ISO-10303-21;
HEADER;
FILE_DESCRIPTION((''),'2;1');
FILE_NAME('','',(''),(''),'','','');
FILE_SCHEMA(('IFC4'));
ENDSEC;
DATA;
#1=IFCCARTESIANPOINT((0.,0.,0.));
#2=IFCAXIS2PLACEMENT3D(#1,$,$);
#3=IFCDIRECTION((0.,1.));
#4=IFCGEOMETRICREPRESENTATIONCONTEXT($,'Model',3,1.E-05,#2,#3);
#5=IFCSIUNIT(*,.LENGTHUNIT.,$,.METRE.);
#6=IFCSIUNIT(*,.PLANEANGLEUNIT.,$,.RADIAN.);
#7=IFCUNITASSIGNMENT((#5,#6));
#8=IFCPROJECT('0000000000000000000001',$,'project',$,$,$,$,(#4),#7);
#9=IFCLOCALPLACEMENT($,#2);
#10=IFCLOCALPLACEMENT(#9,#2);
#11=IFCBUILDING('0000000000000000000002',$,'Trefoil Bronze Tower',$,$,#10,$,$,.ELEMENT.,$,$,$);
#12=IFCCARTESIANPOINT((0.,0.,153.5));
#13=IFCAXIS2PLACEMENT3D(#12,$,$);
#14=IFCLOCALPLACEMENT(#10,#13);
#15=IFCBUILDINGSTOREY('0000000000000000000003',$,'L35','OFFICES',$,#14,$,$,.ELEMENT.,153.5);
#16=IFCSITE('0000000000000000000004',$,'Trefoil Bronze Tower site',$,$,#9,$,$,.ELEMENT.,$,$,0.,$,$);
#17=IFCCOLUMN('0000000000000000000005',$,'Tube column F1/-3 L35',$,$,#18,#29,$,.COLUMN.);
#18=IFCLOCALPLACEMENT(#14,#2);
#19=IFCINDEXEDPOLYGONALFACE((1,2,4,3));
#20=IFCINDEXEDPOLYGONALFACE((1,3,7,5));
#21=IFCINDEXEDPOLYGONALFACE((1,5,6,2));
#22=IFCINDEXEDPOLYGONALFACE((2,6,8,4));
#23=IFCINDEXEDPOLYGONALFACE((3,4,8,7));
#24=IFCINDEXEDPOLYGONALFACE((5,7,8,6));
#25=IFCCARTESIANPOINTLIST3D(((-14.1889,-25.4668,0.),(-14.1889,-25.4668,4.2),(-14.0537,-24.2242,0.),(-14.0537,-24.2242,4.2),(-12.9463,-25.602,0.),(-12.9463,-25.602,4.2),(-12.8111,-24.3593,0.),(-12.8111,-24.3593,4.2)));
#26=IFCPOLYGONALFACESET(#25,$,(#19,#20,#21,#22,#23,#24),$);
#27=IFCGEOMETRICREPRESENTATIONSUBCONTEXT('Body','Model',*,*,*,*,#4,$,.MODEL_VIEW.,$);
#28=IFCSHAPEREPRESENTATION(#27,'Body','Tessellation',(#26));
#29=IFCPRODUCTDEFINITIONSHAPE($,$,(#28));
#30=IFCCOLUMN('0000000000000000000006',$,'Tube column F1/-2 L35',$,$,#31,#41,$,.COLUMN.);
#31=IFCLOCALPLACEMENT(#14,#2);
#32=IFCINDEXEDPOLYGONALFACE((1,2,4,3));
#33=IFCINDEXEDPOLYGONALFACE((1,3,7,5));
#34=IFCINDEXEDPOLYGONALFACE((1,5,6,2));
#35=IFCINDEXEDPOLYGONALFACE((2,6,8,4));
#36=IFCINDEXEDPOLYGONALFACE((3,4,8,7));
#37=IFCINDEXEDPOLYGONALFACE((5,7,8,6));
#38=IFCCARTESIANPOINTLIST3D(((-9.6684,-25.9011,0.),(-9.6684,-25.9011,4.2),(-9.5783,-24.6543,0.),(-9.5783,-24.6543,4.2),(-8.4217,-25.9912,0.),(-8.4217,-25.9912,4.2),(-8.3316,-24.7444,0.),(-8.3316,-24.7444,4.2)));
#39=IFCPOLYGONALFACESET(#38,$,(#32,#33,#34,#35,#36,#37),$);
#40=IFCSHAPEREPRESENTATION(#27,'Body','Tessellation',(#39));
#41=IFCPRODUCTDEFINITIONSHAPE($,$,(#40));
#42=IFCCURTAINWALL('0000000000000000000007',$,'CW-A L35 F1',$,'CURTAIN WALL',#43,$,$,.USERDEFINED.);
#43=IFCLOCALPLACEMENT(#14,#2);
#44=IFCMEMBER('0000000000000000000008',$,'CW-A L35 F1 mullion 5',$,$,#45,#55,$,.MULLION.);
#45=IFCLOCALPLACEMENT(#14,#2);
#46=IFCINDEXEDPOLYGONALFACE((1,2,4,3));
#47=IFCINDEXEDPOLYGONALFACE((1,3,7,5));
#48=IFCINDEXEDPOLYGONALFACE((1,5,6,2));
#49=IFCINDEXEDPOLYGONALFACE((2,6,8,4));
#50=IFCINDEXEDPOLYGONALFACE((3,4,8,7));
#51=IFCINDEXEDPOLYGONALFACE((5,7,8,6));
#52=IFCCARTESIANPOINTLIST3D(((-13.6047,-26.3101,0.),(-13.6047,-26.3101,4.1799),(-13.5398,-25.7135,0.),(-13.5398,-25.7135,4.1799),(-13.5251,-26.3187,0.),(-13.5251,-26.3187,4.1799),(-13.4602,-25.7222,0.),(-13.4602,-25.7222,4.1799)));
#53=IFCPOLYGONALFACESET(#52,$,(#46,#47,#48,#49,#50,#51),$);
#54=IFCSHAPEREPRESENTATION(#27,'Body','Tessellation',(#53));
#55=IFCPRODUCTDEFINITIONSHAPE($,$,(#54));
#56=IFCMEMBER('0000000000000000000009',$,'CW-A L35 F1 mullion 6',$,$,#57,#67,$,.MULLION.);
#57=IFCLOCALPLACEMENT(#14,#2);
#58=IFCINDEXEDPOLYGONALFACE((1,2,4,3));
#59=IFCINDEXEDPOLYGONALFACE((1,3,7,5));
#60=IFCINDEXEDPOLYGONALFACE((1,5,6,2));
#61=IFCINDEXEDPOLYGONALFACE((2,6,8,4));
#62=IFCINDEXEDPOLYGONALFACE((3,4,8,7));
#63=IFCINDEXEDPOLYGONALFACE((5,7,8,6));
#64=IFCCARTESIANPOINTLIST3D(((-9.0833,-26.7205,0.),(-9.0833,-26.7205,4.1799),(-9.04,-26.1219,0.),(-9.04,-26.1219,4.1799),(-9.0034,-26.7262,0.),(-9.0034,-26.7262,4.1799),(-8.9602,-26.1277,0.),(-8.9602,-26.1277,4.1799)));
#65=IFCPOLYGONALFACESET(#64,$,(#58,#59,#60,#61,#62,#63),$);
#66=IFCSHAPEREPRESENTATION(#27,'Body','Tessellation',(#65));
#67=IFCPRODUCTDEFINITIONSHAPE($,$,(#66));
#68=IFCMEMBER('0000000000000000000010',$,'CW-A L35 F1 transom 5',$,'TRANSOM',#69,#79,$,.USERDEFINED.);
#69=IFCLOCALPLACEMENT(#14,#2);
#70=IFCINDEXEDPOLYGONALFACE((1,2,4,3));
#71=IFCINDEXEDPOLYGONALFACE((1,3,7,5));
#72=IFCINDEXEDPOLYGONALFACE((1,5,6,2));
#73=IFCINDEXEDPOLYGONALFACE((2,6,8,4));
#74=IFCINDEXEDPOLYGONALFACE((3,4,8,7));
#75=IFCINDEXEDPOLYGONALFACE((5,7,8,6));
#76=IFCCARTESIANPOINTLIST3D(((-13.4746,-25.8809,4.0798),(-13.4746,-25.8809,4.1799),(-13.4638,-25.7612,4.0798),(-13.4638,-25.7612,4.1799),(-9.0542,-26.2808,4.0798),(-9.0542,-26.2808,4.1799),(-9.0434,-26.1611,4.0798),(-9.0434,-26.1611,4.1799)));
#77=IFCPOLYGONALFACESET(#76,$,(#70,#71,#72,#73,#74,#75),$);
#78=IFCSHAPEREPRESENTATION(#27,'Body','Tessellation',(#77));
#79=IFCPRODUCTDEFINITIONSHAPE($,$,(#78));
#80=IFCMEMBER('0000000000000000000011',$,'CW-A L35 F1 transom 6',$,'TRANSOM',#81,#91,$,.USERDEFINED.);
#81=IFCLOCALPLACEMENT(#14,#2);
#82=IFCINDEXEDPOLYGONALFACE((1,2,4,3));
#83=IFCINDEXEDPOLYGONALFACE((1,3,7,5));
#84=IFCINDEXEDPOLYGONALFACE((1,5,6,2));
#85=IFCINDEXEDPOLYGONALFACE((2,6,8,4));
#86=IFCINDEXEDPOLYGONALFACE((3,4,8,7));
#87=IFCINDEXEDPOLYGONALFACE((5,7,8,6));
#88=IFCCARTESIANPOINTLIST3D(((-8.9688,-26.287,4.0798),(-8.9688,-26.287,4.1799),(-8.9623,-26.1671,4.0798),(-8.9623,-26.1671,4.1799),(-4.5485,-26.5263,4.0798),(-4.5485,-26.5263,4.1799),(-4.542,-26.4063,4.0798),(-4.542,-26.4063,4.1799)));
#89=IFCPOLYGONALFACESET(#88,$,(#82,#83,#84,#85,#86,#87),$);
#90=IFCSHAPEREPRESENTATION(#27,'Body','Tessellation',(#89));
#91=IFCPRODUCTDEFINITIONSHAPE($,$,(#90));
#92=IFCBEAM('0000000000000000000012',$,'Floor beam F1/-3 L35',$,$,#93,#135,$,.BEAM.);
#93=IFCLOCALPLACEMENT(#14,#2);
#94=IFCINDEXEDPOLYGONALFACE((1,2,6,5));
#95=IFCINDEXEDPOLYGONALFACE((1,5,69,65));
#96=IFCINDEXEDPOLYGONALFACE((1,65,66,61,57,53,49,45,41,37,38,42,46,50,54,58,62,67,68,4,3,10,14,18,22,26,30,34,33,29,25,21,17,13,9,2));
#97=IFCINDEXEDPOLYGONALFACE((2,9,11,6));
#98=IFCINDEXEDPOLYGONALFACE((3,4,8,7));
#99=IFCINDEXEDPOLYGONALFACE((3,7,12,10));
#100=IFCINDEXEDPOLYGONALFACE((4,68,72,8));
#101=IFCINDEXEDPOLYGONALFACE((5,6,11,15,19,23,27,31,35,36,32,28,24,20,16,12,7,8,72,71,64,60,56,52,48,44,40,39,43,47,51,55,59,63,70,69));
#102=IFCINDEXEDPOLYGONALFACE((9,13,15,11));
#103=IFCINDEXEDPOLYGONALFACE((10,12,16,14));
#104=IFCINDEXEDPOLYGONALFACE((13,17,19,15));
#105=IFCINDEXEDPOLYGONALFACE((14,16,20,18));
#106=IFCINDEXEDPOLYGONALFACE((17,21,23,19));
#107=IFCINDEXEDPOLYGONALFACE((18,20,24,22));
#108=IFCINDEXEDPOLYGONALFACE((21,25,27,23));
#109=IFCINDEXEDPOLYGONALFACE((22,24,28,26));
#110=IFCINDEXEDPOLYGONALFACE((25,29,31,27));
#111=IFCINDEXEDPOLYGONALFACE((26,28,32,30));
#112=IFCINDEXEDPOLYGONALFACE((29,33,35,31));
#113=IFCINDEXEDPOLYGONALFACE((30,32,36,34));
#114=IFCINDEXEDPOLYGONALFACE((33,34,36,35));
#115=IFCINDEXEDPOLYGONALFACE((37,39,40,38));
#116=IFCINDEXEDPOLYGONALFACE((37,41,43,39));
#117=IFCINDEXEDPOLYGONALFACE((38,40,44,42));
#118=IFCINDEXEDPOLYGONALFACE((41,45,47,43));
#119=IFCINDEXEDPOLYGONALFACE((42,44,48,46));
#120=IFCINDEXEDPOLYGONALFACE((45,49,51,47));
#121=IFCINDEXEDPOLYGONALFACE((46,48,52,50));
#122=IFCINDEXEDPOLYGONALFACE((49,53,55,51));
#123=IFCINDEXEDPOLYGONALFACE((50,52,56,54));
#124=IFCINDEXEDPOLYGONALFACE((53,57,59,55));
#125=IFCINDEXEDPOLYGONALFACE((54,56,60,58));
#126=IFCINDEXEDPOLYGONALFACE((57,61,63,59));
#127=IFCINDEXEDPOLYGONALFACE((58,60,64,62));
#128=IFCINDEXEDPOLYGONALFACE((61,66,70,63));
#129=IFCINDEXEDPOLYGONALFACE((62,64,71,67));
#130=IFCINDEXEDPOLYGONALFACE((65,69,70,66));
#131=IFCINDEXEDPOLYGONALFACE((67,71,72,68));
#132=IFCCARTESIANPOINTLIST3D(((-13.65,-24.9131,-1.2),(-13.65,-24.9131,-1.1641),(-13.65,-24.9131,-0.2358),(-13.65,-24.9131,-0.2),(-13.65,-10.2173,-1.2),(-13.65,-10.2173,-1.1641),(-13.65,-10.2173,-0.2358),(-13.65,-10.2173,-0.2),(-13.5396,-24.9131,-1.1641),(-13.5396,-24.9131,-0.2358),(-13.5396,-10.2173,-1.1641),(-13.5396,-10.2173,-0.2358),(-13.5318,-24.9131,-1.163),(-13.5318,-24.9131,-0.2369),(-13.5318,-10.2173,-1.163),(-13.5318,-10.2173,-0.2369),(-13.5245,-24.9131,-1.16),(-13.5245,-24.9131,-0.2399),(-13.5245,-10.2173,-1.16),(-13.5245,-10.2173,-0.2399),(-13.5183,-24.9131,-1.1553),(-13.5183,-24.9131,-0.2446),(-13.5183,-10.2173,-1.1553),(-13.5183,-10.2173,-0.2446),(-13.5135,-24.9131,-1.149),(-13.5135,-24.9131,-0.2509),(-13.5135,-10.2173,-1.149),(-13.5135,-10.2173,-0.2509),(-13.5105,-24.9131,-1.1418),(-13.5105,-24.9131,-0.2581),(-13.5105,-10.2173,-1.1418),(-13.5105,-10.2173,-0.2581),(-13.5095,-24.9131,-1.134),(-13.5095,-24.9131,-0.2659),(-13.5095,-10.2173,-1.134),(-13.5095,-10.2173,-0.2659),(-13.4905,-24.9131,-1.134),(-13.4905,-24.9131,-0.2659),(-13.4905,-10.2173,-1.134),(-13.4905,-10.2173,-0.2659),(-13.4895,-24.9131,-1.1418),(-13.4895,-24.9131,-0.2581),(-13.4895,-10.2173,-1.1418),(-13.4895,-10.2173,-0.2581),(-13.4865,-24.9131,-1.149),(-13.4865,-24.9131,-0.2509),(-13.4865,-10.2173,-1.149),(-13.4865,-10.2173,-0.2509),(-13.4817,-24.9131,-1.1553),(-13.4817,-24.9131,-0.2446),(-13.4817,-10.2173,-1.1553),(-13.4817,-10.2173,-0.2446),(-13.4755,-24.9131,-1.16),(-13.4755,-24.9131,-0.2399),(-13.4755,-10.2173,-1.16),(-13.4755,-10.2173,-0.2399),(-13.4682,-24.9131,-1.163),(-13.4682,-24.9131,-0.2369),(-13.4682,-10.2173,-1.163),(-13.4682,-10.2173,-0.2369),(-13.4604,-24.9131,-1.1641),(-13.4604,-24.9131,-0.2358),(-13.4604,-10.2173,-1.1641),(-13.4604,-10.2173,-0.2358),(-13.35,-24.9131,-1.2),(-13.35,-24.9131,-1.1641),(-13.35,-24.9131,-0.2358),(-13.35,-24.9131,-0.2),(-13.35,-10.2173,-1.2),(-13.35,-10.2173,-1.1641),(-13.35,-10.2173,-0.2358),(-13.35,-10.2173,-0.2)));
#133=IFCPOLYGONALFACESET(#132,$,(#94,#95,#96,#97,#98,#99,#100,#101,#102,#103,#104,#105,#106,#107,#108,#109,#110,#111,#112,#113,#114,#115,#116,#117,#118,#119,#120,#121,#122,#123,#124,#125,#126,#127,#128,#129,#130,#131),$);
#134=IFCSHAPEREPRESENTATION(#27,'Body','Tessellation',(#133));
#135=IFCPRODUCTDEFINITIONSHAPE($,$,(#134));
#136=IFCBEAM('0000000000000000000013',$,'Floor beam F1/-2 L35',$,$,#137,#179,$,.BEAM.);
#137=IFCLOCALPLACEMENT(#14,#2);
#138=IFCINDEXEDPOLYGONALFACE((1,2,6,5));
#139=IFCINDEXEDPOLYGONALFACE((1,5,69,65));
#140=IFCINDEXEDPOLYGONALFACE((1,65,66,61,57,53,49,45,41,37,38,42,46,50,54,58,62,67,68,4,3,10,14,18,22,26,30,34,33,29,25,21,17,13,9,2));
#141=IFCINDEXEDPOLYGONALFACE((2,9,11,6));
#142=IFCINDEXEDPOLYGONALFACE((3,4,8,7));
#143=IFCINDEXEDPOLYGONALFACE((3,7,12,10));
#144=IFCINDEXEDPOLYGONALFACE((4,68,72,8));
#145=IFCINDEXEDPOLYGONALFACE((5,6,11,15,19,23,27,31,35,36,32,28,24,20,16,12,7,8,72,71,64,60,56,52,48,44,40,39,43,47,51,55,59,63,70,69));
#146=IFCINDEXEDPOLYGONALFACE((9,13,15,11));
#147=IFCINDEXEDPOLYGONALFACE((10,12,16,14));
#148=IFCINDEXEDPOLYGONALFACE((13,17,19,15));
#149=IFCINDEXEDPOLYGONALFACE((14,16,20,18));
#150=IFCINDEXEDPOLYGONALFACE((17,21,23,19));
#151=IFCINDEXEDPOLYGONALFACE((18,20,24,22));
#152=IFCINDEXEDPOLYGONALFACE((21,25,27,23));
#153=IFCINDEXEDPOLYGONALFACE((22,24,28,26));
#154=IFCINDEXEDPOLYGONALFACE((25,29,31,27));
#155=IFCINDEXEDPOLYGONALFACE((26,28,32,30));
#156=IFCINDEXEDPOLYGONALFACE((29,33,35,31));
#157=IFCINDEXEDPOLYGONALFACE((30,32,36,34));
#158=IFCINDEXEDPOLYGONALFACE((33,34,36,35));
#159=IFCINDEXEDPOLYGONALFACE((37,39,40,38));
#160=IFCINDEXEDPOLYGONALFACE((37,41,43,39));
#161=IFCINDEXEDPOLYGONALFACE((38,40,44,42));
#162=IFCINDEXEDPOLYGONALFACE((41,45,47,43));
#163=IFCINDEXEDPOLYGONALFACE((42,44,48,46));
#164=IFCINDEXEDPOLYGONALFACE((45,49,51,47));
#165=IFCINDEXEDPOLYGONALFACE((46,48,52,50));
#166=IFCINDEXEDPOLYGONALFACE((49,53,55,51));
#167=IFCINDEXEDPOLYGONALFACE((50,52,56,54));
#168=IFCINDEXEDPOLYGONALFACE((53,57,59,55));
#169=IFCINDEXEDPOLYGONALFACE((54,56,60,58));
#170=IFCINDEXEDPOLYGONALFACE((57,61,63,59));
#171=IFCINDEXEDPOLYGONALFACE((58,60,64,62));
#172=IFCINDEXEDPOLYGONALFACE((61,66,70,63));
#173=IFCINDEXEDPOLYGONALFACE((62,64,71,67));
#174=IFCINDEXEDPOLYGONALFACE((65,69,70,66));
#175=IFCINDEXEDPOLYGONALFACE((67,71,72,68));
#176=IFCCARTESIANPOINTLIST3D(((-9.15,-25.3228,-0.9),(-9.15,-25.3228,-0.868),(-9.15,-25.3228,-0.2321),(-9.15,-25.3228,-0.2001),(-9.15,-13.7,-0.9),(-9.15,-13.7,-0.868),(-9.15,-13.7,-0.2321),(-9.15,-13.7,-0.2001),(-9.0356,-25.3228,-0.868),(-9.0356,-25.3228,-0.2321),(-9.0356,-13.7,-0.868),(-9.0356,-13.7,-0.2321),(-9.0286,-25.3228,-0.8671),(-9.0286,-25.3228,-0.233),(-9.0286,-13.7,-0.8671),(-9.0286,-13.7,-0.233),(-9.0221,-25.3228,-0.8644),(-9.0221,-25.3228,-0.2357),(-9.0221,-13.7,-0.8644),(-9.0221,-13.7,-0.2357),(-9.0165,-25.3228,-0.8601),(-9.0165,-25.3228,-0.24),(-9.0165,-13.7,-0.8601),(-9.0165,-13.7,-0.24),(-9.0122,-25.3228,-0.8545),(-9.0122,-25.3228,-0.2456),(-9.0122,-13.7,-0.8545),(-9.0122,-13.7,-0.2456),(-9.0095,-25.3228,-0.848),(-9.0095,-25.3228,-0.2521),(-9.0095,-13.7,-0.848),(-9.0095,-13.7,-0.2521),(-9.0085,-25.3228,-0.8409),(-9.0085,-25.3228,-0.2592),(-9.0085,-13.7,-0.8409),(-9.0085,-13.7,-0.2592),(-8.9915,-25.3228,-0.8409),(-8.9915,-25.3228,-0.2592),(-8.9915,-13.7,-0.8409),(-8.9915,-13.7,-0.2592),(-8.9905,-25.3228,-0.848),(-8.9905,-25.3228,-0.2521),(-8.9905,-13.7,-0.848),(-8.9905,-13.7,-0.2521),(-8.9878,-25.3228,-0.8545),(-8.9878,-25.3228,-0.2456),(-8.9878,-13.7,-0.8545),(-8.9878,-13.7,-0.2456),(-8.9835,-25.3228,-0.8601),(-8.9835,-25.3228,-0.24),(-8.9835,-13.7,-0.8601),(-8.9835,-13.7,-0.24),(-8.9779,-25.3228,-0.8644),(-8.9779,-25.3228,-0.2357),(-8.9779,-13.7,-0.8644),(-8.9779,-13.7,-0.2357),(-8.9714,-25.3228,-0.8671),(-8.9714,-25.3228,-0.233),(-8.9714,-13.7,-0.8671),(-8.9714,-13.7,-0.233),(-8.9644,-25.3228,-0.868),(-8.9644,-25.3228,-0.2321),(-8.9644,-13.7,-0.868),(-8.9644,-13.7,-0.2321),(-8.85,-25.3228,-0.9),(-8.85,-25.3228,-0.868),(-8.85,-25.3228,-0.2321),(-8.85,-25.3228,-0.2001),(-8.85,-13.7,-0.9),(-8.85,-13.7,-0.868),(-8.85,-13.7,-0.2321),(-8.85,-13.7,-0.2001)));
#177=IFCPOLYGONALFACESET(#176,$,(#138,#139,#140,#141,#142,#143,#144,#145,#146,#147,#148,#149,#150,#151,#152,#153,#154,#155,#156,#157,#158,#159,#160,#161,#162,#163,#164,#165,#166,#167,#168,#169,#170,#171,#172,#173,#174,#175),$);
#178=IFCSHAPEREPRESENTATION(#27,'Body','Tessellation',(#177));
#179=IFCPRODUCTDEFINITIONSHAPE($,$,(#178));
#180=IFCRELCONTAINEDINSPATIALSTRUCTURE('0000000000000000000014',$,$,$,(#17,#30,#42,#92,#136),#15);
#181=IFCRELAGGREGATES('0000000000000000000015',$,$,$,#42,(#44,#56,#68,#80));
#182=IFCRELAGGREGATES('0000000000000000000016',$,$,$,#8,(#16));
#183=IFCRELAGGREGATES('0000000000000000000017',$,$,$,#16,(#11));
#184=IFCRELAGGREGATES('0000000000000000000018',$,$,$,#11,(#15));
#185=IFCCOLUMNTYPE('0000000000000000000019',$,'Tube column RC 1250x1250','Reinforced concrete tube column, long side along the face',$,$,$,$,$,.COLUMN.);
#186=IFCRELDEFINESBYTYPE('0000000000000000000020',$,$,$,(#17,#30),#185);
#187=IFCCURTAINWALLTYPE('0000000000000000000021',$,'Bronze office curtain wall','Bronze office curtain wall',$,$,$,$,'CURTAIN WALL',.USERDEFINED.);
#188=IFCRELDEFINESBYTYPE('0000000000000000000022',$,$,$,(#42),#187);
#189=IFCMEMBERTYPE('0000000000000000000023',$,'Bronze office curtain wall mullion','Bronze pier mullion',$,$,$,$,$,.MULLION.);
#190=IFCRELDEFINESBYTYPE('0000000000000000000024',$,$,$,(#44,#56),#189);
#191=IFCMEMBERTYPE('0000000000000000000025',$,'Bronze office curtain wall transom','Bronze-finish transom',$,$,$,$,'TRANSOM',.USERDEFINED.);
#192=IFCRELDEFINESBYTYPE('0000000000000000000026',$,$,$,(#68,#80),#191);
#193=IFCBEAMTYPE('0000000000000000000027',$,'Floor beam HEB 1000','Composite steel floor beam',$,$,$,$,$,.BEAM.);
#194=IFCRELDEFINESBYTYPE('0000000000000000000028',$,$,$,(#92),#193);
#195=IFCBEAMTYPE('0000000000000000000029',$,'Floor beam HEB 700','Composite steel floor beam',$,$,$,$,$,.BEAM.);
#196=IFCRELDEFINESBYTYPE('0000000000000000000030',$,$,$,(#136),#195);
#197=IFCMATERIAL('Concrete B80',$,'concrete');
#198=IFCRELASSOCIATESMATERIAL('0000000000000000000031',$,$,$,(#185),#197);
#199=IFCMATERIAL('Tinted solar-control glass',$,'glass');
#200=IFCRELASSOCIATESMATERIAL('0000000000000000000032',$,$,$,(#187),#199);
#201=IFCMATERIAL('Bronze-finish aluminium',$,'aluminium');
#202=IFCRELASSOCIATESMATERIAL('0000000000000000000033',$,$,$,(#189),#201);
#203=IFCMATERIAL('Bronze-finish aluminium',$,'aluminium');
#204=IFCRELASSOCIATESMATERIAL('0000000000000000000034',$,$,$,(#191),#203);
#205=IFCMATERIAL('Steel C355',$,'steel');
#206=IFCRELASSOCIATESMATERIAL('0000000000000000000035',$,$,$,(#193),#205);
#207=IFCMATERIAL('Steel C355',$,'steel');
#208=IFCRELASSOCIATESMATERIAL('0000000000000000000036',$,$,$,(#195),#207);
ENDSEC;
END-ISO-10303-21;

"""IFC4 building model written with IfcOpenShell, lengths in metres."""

from ifc_helpers import new_model, si_unit, direction, frame, origin, origin_2d, place, context, subcontext, project, spatial, rectangle, i_section, extrude, material, material_profile, profile_set, type_object, element, aggregate, save


model = new_model("IFC4")

# Units and contexts
model_context = context("Model", 3, precision=1e-05, world=origin(), true_north=direction((0.0, 1.0)))
body_context = subcontext(model_context, "Body", "Model", "MODEL_VIEW")
ifc_project = project(units=[si_unit("LENGTHUNIT", "METRE"), si_unit("PLANEANGLEUNIT", "RADIAN")], contexts=[model_context])

# Site, building, storey
site_placement = place(None, origin())
site = spatial("IfcSite", under=ifc_project, at=site_placement, Name="Trefoil Bronze Tower site", CompositionType="ELEMENT", RefElevation=0.0)
building_placement = place(site_placement, origin())
building = spatial("IfcBuilding", under=site, at=building_placement, Name="Trefoil Bronze Tower", CompositionType="ELEMENT")
storey_placement = place(building_placement, frame((0.0, 0.0, 153.5)))
storey = spatial("IfcBuildingStorey", under=building, at=storey_placement, Name="L35", Description="OFFICES", CompositionType="ELEMENT", Elevation=153.5)

# Columns
ifc_material_1 = material(Name="Concrete B80", Category="concrete")
ifc_material_profile_1 = material_profile(ifc_material_1, rectangle(XDim=1.25, YDim=1.25, at=origin_2d()), Name="RC 1250x1250")
ifc_profile_set_1 = profile_set([ifc_material_profile_1], Name="Concrete B80")
column_type = type_object("IfcColumnType", Name="Tube column RC 1250x1250", Description="Reinforced concrete tube column, long side along the face", PredefinedType="COLUMN", material=ifc_profile_set_1)
for number, where, z_axis, x_axis, name in (
    (1, (-13.5, -24.9131, 0.0), (0.0, 0.0, 1.0), (0.994135, -0.108144, 0.0), "Tube column F1/-3 L35"),
    (2, (-9.0, -25.3228, 0.0), (0.0, 0.0, 1.0), (0.997398, -0.072096, 0.0), "Tube column F1/-2 L35"),
):
    element("IfcColumn", number, at=place(storey_placement, frame(where, z_axis=z_axis, x_axis=x_axis)), inside=storey, type_object=column_type, Name=name, PredefinedType="COLUMN", context=body_context, shape_type="SweptSolid", body=[
        extrude(rectangle(XDim=1.25, YDim=1.25, at=origin_2d()), origin(), (0.0, 0.0, 1.0), 4.2),
    ])

# Curtain wall, members
ifc_material_2 = material(Name="Tinted solar-control glass", Category="glass")
curtain_wall_type = type_object("IfcCurtainWallType", Name="Bronze office curtain wall", Description="Bronze office curtain wall", ElementType="CURTAIN WALL", PredefinedType="USERDEFINED", material=ifc_material_2)
curtain_wall_placement = place(storey_placement, origin())
curtain_wall = element("IfcCurtainWall", 3, at=curtain_wall_placement, inside=storey, type_object=curtain_wall_type, Name="CW-A L35 F1", ObjectType="CURTAIN WALL", PredefinedType="USERDEFINED")
ifc_material_3 = material(Name="Bronze-finish aluminium", Category="aluminium")
ifc_material_profile_2 = material_profile(ifc_material_3, rectangle(XDim=0.6001, YDim=0.0801, at=origin_2d()), Name="CW-A mullion")
ifc_profile_set_2 = profile_set([ifc_material_profile_2], Name="Bronze-finish aluminium")
member_type_1 = type_object("IfcMemberType", Name="Bronze office curtain wall mullion", Description="Bronze pier mullion", PredefinedType="MULLION", material=ifc_profile_set_2)
member_1_placement = place(storey_placement, frame((-13.5325, -26.0161, 0.0), z_axis=(0.0, 0.0, 1.0), x_axis=(0.108144, 0.994135, 0.0)))
member_1 = element("IfcMember", 4, at=member_1_placement, type_object=member_type_1, Name="CW-A L35 F1 mullion 5", PredefinedType="MULLION", context=body_context, shape_type="SweptSolid", body=[
    extrude(rectangle(XDim=0.6001, YDim=0.0801, at=origin_2d()), origin(), (0.0, 0.0, 1.0), 4.1799),
])
member_2_placement = place(storey_placement, frame((-9.0217, -26.4241, 0.0), z_axis=(0.0, 0.0, 1.0), x_axis=(0.072096, 0.997398, 0.0)))
member_2 = element("IfcMember", 5, at=member_2_placement, type_object=member_type_1, Name="CW-A L35 F1 mullion 6", PredefinedType="MULLION", context=body_context, shape_type="SweptSolid", body=[
    extrude(rectangle(XDim=0.6001, YDim=0.0801, at=origin_2d()), origin(), (0.0, 0.0, 1.0), 4.1799),
])
ifc_material_4 = material(Name="Bronze-finish aluminium", Category="aluminium")
ifc_material_profile_3 = material_profile(ifc_material_4, rectangle(XDim=0.1201, YDim=0.1001, at=origin_2d()), Name="CW-A transom")
ifc_profile_set_3 = profile_set([ifc_material_profile_3], Name="Bronze-finish aluminium")
member_type_2 = type_object("IfcMemberType", Name="Bronze office curtain wall transom", Description="Bronze-finish transom", ElementType="TRANSOM", PredefinedType="USERDEFINED", material=ifc_profile_set_3)
member_3_placement = place(storey_placement, frame((-13.4692, -25.821, 4.1299), z_axis=(0.995933, -0.090099, 0.0), x_axis=(0.090099, 0.995933, 0.0)))
member_3 = element("IfcMember", 6, at=member_3_placement, type_object=member_type_2, Name="CW-A L35 F1 transom 5", ObjectType="TRANSOM", PredefinedType="USERDEFINED", context=body_context, shape_type="SweptSolid", body=[
    extrude(rectangle(XDim=0.1201, YDim=0.1001, at=origin_2d()), origin(), (0.0, 0.0, 1.0), 4.4385),
])
member_4_placement = place(storey_placement, frame((-8.9656, -26.2271, 4.1299), z_axis=(0.998538, -0.05405, 0.0), x_axis=(0.05405, 0.998538, 0.0)))
member_4 = element("IfcMember", 7, at=member_4_placement, type_object=member_type_2, Name="CW-A L35 F1 transom 6", ObjectType="TRANSOM", PredefinedType="USERDEFINED", context=body_context, shape_type="SweptSolid", body=[
    extrude(rectangle(XDim=0.1201, YDim=0.1001, at=origin_2d()), origin(), (0.0, 0.0, 1.0), 4.4268),
])

# Beams
ifc_material_5 = material(Name="Steel C355", Category="steel")
ifc_material_profile_4 = material_profile(ifc_material_5, i_section(OverallWidth=0.3, OverallDepth=1.0, WebThickness=0.019, FlangeThickness=0.0359, FilletRadius=0.03, at=origin_2d()), Name="HEB 1000")
ifc_profile_set_4 = profile_set([ifc_material_profile_4], Name="Steel C355")
beam_type_1 = type_object("IfcBeamType", Name="Floor beam HEB 1000", Description="Composite steel floor beam", PredefinedType="BEAM", material=ifc_profile_set_4)
beam_1_placement = place(storey_placement, frame((-13.5, -24.9131, -0.7), z_axis=(0.0, 1.0, 0.0), x_axis=(-1.0, 0.0, 0.0)))
element("IfcBeam", 8, at=beam_1_placement, inside=storey, type_object=beam_type_1, Name="Floor beam F1/-3 L35", PredefinedType="BEAM", context=body_context, shape_type="SweptSolid", body=[
    extrude(i_section(OverallWidth=0.3, OverallDepth=1.0, WebThickness=0.019, FlangeThickness=0.0359, FilletRadius=0.03, at=origin_2d()), origin(), (0.0, 0.0, 1.0), 14.6958),
])
ifc_material_6 = material(Name="Steel C355", Category="steel")
ifc_material_profile_5 = material_profile(ifc_material_6, i_section(OverallWidth=0.3, OverallDepth=0.7, WebThickness=0.0171, FlangeThickness=0.032, FilletRadius=0.0271, at=origin_2d()), Name="HEB 700")
ifc_profile_set_5 = profile_set([ifc_material_profile_5], Name="Steel C355")
beam_type_2 = type_object("IfcBeamType", Name="Floor beam HEB 700", Description="Composite steel floor beam", PredefinedType="BEAM", material=ifc_profile_set_5)
beam_2_placement = place(storey_placement, frame((-9.0, -25.3228, -0.55), z_axis=(0.0, 1.0, 0.0), x_axis=(-1.0, 0.0, 0.0)))
element("IfcBeam", 9, at=beam_2_placement, inside=storey, type_object=beam_type_2, Name="Floor beam F1/-2 L35", PredefinedType="BEAM", context=body_context, shape_type="SweptSolid", body=[
    extrude(i_section(OverallWidth=0.3, OverallDepth=0.7, WebThickness=0.0171, FlangeThickness=0.032, FilletRadius=0.0271, at=origin_2d()), origin(), (0.0, 0.0, 1.0), 11.6228),
])

aggregate(curtain_wall, [member_1, member_2, member_3, member_4])

save(model, "model.ifc")
